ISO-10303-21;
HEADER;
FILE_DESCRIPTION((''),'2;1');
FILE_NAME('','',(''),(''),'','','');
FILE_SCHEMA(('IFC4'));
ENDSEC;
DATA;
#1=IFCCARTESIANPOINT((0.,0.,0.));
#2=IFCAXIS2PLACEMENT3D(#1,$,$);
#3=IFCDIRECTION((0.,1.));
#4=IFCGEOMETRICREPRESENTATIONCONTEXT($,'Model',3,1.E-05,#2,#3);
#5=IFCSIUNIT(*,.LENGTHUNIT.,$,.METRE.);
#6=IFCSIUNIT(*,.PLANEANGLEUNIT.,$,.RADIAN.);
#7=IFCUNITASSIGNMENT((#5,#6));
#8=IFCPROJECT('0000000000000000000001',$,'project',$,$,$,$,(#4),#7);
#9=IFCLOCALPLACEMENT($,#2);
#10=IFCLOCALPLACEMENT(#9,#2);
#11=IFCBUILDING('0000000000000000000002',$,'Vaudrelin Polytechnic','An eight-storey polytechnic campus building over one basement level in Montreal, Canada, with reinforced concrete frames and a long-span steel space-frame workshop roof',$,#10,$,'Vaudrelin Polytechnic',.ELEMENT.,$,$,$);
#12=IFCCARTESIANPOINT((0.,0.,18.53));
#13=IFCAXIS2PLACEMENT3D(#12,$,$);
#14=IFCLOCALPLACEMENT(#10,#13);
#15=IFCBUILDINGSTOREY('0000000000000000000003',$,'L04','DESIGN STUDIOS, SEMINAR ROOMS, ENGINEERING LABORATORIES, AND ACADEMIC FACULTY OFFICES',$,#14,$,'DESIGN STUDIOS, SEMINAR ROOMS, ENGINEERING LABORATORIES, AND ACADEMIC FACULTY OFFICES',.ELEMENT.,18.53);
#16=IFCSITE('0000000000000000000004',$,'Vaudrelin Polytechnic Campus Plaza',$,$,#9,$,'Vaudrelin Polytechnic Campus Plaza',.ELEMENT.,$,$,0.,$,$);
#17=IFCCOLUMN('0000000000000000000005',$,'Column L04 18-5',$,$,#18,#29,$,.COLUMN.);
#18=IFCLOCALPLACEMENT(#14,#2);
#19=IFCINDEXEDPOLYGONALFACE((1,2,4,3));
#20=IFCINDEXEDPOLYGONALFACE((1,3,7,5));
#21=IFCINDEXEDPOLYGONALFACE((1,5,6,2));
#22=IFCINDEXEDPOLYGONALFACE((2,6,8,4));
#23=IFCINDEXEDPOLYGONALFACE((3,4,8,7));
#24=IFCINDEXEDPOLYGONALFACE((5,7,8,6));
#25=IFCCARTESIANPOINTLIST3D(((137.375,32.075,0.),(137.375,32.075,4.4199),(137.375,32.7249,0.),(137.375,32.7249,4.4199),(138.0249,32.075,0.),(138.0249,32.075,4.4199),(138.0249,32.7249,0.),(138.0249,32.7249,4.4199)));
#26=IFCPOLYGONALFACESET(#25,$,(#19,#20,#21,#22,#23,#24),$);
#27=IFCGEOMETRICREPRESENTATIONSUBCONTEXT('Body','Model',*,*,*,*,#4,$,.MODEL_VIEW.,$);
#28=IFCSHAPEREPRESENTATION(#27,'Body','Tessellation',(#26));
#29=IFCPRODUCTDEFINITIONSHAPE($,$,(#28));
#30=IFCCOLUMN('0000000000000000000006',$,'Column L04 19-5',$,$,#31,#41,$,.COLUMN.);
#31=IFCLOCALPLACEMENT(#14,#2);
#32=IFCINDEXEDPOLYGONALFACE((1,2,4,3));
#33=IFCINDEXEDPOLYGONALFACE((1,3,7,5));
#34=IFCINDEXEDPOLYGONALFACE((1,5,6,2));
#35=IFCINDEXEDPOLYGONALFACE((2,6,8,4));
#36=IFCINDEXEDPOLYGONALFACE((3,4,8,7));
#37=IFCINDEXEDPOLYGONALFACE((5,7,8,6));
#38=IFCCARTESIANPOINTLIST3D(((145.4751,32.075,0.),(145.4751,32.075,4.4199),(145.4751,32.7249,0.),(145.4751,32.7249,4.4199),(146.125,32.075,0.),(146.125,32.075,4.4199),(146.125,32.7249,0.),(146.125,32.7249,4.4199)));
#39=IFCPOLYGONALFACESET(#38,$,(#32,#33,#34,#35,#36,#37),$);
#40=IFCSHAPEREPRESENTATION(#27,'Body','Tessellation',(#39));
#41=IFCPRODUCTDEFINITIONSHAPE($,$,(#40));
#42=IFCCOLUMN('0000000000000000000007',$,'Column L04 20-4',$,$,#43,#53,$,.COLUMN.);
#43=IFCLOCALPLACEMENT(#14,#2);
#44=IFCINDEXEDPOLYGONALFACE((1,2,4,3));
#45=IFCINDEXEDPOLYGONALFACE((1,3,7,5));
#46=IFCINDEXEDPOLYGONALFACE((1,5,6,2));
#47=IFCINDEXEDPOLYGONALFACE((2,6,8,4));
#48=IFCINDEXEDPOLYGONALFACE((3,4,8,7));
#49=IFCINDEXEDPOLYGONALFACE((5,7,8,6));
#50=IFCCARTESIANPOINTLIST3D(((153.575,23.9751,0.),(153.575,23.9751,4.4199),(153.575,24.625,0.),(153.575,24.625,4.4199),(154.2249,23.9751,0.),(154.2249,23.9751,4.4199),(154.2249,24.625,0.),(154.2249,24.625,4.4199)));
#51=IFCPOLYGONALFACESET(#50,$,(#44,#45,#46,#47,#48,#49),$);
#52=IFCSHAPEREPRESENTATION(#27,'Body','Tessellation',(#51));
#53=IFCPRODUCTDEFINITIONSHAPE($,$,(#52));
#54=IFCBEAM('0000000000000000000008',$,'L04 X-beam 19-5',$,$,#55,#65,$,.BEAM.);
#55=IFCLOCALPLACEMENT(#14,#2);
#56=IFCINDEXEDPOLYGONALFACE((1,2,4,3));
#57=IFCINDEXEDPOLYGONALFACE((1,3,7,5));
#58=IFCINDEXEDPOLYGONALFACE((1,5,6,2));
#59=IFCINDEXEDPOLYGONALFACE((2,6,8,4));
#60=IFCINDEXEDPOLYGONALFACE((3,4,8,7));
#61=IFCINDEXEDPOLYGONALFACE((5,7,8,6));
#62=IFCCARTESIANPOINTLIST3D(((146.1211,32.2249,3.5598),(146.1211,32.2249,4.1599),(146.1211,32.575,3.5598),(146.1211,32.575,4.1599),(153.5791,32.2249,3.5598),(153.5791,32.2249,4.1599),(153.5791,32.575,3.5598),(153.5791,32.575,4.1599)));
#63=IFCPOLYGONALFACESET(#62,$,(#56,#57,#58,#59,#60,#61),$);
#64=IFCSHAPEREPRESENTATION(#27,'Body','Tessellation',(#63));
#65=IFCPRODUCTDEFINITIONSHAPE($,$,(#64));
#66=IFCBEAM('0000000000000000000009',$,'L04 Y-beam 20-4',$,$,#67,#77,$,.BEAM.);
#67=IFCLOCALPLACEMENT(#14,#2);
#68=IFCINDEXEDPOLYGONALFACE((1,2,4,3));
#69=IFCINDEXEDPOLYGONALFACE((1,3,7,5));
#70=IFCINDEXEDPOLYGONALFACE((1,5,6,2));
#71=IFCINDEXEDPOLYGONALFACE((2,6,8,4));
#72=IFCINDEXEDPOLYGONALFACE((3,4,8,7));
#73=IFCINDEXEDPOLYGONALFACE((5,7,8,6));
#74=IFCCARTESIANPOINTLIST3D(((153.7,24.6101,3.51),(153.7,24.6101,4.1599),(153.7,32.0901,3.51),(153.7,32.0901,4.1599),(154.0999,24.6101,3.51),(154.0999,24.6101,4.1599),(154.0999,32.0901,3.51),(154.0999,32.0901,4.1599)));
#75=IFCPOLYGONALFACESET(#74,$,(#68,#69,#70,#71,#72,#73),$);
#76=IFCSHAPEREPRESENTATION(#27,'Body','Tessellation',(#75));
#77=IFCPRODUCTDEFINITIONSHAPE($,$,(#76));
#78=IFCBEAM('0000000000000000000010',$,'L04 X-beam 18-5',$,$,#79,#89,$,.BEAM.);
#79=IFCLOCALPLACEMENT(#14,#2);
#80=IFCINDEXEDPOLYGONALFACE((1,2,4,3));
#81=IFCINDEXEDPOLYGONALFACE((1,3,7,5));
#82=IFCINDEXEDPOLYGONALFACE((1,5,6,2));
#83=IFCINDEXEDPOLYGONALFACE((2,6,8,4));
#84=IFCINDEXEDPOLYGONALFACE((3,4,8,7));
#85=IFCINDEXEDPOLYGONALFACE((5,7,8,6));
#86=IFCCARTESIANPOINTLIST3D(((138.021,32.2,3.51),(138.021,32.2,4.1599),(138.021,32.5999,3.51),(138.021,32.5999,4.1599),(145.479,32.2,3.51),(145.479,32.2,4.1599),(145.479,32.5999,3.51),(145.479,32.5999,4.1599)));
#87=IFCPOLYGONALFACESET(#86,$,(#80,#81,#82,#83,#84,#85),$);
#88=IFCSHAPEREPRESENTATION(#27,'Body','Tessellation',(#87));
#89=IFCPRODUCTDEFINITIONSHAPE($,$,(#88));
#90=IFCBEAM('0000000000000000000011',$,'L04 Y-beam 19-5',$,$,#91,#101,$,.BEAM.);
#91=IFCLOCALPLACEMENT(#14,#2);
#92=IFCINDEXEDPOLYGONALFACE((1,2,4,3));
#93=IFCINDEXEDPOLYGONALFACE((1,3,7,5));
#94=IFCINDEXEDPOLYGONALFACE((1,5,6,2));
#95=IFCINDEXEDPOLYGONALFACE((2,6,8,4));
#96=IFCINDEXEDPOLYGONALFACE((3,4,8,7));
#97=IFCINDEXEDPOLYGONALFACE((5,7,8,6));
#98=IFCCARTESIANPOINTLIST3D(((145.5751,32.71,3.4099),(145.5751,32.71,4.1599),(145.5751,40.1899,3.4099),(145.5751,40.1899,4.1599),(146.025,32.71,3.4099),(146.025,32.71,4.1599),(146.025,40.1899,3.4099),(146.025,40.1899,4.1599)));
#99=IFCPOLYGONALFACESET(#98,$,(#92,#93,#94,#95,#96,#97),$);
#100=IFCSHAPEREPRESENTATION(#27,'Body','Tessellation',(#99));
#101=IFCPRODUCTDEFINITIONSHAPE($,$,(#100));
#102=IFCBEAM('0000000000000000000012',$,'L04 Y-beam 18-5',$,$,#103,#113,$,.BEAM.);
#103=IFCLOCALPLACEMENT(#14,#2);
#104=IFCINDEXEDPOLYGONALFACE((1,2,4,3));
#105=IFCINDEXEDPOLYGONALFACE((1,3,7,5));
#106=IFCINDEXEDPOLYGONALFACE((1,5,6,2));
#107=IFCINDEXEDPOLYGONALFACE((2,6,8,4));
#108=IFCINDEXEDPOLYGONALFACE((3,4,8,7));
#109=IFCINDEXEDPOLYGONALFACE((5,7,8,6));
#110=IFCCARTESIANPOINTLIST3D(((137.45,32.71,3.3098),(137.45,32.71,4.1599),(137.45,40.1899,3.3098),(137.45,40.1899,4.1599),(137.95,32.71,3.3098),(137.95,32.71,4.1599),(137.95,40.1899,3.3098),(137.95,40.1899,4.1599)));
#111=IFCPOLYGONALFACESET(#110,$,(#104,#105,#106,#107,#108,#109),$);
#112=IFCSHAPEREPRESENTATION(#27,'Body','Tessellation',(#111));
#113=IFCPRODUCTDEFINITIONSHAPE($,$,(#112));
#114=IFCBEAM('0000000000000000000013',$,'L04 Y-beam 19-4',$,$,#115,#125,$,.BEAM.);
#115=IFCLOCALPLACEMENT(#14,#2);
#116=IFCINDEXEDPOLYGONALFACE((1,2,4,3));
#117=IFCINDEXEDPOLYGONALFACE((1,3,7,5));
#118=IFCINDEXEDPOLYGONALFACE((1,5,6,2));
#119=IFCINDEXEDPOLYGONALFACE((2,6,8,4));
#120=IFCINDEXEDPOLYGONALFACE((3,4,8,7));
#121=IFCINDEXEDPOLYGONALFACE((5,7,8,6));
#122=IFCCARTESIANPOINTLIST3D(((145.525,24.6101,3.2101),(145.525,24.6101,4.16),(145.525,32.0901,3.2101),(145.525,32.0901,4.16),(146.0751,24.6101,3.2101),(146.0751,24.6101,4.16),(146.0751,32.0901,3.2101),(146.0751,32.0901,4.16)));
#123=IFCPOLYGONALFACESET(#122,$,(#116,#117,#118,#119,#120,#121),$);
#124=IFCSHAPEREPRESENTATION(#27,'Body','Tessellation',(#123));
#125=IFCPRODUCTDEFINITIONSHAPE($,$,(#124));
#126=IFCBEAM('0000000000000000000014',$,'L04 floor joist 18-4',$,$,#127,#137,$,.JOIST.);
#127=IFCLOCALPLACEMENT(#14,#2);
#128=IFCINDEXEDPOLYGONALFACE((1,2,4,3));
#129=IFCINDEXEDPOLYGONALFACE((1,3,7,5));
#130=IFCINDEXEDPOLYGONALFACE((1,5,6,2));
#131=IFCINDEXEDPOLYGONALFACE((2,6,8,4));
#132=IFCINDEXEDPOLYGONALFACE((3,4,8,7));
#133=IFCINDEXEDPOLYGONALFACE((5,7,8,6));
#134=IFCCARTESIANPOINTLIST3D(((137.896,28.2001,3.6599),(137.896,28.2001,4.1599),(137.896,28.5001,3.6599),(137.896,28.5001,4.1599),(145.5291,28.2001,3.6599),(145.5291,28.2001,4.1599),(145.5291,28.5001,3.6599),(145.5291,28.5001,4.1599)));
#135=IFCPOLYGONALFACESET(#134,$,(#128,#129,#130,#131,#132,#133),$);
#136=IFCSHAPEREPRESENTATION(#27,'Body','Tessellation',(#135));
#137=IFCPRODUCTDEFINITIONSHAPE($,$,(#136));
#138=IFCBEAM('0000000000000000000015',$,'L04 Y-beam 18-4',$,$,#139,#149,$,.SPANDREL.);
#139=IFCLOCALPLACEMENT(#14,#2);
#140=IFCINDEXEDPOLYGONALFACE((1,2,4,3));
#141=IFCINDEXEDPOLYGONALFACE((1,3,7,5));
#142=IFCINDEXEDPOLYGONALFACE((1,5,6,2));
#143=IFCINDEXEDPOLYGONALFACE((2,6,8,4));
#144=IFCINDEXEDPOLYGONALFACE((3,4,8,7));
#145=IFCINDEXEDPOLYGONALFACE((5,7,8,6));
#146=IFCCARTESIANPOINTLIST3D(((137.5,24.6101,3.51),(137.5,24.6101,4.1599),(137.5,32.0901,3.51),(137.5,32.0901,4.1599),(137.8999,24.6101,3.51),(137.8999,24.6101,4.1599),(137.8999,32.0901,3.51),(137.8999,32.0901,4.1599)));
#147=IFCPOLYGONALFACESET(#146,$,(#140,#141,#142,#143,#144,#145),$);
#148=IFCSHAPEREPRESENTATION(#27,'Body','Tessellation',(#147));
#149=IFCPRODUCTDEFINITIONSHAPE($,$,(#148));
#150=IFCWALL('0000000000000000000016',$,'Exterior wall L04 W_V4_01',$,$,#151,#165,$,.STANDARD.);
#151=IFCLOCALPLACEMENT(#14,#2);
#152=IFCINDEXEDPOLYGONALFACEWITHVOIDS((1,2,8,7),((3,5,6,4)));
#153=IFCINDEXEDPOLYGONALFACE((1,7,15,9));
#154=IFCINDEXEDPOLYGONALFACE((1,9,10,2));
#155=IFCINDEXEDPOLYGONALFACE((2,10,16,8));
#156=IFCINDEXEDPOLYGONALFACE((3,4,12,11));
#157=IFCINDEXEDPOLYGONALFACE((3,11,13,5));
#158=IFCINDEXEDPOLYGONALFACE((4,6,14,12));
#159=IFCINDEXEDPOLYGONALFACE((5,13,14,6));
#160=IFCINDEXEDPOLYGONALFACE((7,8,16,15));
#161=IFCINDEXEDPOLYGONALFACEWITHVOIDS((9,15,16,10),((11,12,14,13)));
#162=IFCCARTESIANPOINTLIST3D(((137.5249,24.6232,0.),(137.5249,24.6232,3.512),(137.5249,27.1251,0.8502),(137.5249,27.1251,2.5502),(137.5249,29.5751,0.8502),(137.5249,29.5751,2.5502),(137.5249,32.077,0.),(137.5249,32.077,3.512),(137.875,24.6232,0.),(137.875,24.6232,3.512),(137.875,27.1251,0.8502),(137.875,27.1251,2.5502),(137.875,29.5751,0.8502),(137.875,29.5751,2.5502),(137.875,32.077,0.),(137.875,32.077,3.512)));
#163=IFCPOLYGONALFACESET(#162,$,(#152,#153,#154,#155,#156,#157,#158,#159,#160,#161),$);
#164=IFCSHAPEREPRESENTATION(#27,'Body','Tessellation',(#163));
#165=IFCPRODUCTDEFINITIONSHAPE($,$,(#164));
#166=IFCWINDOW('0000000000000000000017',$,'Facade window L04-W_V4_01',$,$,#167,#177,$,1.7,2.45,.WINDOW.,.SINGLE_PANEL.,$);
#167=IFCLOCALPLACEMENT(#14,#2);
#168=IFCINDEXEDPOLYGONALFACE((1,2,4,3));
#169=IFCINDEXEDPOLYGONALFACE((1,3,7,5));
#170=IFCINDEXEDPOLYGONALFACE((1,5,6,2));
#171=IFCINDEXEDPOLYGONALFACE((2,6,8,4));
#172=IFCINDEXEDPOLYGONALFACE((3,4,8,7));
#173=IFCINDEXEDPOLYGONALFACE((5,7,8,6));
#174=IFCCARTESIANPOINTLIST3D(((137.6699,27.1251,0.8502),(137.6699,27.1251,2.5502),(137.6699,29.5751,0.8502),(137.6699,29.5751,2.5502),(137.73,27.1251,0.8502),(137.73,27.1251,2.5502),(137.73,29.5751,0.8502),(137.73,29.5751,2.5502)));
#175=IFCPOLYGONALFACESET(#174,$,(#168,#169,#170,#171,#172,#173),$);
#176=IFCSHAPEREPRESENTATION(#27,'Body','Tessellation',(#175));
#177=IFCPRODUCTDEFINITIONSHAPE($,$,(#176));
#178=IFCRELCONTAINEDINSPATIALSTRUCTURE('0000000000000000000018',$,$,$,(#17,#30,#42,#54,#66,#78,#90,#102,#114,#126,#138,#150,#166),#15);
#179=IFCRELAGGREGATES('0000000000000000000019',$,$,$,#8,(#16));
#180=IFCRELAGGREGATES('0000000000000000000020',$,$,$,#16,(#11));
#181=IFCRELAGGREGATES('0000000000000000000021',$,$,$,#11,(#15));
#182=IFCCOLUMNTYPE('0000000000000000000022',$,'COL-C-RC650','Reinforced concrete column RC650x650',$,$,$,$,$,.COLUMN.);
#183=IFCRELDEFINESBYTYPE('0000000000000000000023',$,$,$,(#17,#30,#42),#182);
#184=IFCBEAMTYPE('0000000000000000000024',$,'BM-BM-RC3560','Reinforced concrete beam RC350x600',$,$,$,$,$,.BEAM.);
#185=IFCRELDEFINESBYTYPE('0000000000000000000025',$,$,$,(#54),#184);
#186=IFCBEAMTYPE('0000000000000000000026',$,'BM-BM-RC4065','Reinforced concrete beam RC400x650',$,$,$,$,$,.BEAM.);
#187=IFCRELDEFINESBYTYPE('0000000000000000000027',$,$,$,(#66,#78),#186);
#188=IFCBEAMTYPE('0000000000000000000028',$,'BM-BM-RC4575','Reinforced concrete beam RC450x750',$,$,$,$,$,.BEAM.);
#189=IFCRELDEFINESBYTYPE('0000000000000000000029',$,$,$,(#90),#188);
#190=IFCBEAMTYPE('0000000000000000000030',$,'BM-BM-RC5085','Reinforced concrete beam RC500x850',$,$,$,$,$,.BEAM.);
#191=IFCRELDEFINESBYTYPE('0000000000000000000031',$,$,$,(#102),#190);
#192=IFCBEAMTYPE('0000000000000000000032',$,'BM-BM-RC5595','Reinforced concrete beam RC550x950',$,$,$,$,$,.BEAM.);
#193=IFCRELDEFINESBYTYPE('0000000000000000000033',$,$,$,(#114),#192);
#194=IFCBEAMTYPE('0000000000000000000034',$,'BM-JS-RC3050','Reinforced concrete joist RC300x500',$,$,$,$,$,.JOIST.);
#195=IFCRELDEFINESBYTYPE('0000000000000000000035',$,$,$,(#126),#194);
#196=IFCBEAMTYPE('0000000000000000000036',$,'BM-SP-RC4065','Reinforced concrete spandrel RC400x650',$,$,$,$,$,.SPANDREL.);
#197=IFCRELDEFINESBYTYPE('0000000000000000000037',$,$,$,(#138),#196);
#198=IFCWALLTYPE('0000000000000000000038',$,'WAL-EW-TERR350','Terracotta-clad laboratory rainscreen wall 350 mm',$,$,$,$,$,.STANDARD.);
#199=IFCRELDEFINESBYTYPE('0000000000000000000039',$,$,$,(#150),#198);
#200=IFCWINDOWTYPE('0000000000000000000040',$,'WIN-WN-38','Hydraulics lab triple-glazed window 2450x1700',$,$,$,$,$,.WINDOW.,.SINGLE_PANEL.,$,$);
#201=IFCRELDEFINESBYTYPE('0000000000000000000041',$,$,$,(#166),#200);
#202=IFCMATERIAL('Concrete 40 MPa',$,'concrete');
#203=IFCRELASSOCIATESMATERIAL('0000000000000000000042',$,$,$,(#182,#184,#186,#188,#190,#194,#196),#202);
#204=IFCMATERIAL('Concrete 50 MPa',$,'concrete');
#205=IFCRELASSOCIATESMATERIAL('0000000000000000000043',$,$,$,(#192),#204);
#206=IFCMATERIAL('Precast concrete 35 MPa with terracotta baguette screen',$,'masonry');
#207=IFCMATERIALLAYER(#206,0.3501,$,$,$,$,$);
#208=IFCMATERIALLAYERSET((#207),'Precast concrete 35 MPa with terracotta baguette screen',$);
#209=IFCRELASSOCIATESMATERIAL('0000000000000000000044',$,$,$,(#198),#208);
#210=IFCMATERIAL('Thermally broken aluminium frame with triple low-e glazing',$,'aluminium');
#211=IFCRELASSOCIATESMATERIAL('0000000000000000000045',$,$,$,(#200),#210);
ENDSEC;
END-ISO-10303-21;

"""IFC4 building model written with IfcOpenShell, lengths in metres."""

from ifc_helpers import new_model, si_unit, direction, frame, frame_2d, origin, origin_2d, place, context, subcontext, project, spatial, rectangle, extrude, material, layer, layer_set, material_profile, profile_set, type_object, element, fill, save


model = new_model("IFC4")

# Units and contexts
model_context = context("Model", 3, precision=1e-05, world=origin(), true_north=direction((0.0, 1.0)))
body_context = subcontext(model_context, "Body", "Model", "MODEL_VIEW")
ifc_project = project(units=[si_unit("LENGTHUNIT", "METRE"), si_unit("PLANEANGLEUNIT", "RADIAN")], contexts=[model_context])

# Site, building, storey
site_placement = place(None, origin())
site = spatial("IfcSite", under=ifc_project, at=site_placement, Name="Vaudrelin Polytechnic Campus Plaza", LongName="Vaudrelin Polytechnic Campus Plaza", CompositionType="ELEMENT", RefElevation=0.0)
building_placement = place(site_placement, origin())
building = spatial("IfcBuilding", under=site, at=building_placement, Name="Vaudrelin Polytechnic", Description="An eight-storey polytechnic campus building over one basement level in Montreal, Canada, with reinforced concrete frames and a long-span steel space-frame workshop roof", LongName="Vaudrelin Polytechnic", CompositionType="ELEMENT")
storey_placement = place(building_placement, frame((0.0, 0.0, 18.53)))
storey = spatial("IfcBuildingStorey", under=building, at=storey_placement, Name="L04", Description="DESIGN STUDIOS, SEMINAR ROOMS, ENGINEERING LABORATORIES, AND ACADEMIC FACULTY OFFICES", LongName="DESIGN STUDIOS, SEMINAR ROOMS, ENGINEERING LABORATORIES, AND ACADEMIC FACULTY OFFICES", CompositionType="ELEMENT", Elevation=18.53)

# Columns
ifc_material_1 = material(Name="Concrete 40 MPa", Category="concrete")
ifc_material_profile_1 = material_profile(ifc_material_1, rectangle(XDim=0.6499, YDim=0.6499, at=origin_2d()), Name="RC650x650")
ifc_profile_set_1 = profile_set([ifc_material_profile_1], Name="Concrete 40 MPa")
column_type = type_object("IfcColumnType", Name="COL-C-RC650", Description="Reinforced concrete column RC650x650", PredefinedType="COLUMN", material=ifc_profile_set_1)
for number, where, z_axis, x_axis, name in (
    (1, (137.7, 32.3999, 0.0), (0.0, 0.0, 1.0), (1.0, 0.0, 0.0), "Column L04 18-5"),
    (2, (145.8, 32.3999, 0.0), (0.0, 0.0, 1.0), (1.0, 0.0, 0.0), "Column L04 19-5"),
    (3, (153.8999, 24.3, 0.0), (0.0, 0.0, 1.0), (1.0, 0.0, 0.0), "Column L04 20-4"),
):
    element("IfcColumn", number, at=place(storey_placement, frame(where, z_axis=z_axis, x_axis=x_axis)), inside=storey, type_object=column_type, Name=name, PredefinedType="COLUMN", context=body_context, shape_type="SweptSolid", body=[
        extrude(rectangle(XDim=0.6499, YDim=0.6499, at=origin_2d()), origin(), (0.0, 0.0, 1.0), 4.4199),
    ])

# Beams
ifc_material_profile_2 = material_profile(ifc_material_1, rectangle(XDim=0.3501, YDim=0.6001, at=origin_2d()), Name="RC350x600")
ifc_profile_set_2 = profile_set([ifc_material_profile_2], Name="Concrete 40 MPa")
beam_type_1 = type_object("IfcBeamType", Name="BM-BM-RC3560", Description="Reinforced concrete beam RC350x600", PredefinedType="BEAM", material=ifc_profile_set_2)
beam_1_placement = place(storey_placement, frame((146.1211, 32.3999, 3.8599), z_axis=(1.0, 0.0, 0.0), x_axis=(0.0, 1.0, 0.0)))
element("IfcBeam", 4, at=beam_1_placement, inside=storey, type_object=beam_type_1, Name="L04 X-beam 19-5", PredefinedType="BEAM", context=body_context, shape_type="SweptSolid", body=[
    extrude(rectangle(XDim=0.3501, YDim=0.6001, at=origin_2d()), origin(), (0.0, 0.0, 1.0), 7.458),
])
ifc_material_profile_3 = material_profile(ifc_material_1, rectangle(XDim=0.3999, YDim=0.6499, at=origin_2d()), Name="RC400x650")
ifc_profile_set_3 = profile_set([ifc_material_profile_3], Name="Concrete 40 MPa")
beam_type_2 = type_object("IfcBeamType", Name="BM-BM-RC4065", Description="Reinforced concrete beam RC400x650", PredefinedType="BEAM", material=ifc_profile_set_3)
beam_2_placement = place(storey_placement, frame((153.8999, 24.6101, 3.835), z_axis=(0.0, 1.0, 0.0), x_axis=(-1.0, 0.0, 0.0)))
element("IfcBeam", 5, at=beam_2_placement, inside=storey, type_object=beam_type_2, Name="L04 Y-beam 20-4", PredefinedType="BEAM", context=body_context, shape_type="SweptSolid", body=[
    extrude(rectangle(XDim=0.3999, YDim=0.6499, at=origin_2d()), origin(), (0.0, 0.0, 1.0), 7.48),
])
beam_3_placement = place(storey_placement, frame((138.021, 32.3999, 3.835), z_axis=(1.0, 0.0, 0.0), x_axis=(0.0, 1.0, 0.0)))
element("IfcBeam", 6, at=beam_3_placement, inside=storey, type_object=beam_type_2, Name="L04 X-beam 18-5", PredefinedType="BEAM", context=body_context, shape_type="SweptSolid", body=[
    extrude(rectangle(XDim=0.3999, YDim=0.6499, at=origin_2d()), origin(), (0.0, 0.0, 1.0), 7.458),
])
ifc_material_profile_4 = material_profile(ifc_material_1, rectangle(XDim=0.45, YDim=0.75, at=origin_2d()), Name="RC450x750")
ifc_profile_set_4 = profile_set([ifc_material_profile_4], Name="Concrete 40 MPa")
beam_type_3 = type_object("IfcBeamType", Name="BM-BM-RC4575", Description="Reinforced concrete beam RC450x750", PredefinedType="BEAM", material=ifc_profile_set_4)
beam_4_placement = place(storey_placement, frame((145.8, 32.71, 3.7849), z_axis=(0.0, 1.0, 0.0), x_axis=(-1.0, 0.0, 0.0)))
element("IfcBeam", 7, at=beam_4_placement, inside=storey, type_object=beam_type_3, Name="L04 Y-beam 19-5", PredefinedType="BEAM", context=body_context, shape_type="SweptSolid", body=[
    extrude(rectangle(XDim=0.45, YDim=0.75, at=origin_2d()), origin(), (0.0, 0.0, 1.0), 7.48),
])
ifc_material_profile_5 = material_profile(ifc_material_1, rectangle(XDim=0.5, YDim=0.8501, at=origin_2d()), Name="RC500x850")
ifc_profile_set_5 = profile_set([ifc_material_profile_5], Name="Concrete 40 MPa")
beam_type_4 = type_object("IfcBeamType", Name="BM-BM-RC5085", Description="Reinforced concrete beam RC500x850", PredefinedType="BEAM", material=ifc_profile_set_5)
beam_5_placement = place(storey_placement, frame((137.7, 32.71, 3.7349), z_axis=(0.0, 1.0, 0.0), x_axis=(-1.0, 0.0, 0.0)))
element("IfcBeam", 8, at=beam_5_placement, inside=storey, type_object=beam_type_4, Name="L04 Y-beam 18-5", PredefinedType="BEAM", context=body_context, shape_type="SweptSolid", body=[
    extrude(rectangle(XDim=0.5, YDim=0.8501, at=origin_2d()), origin(), (0.0, 0.0, 1.0), 7.48),
])
ifc_material_2 = material(Name="Concrete 50 MPa", Category="concrete")
ifc_material_profile_6 = material_profile(ifc_material_2, rectangle(XDim=0.55, YDim=0.95, at=origin_2d()), Name="RC550x950")
ifc_profile_set_6 = profile_set([ifc_material_profile_6], Name="Concrete 50 MPa")
beam_type_5 = type_object("IfcBeamType", Name="BM-BM-RC5595", Description="Reinforced concrete beam RC550x950", PredefinedType="BEAM", material=ifc_profile_set_6)
beam_6_placement = place(storey_placement, frame((145.8, 24.6101, 3.6851), z_axis=(0.0, 1.0, 0.0), x_axis=(-1.0, 0.0, 0.0)))
element("IfcBeam", 9, at=beam_6_placement, inside=storey, type_object=beam_type_5, Name="L04 Y-beam 19-4", PredefinedType="BEAM", context=body_context, shape_type="SweptSolid", body=[
    extrude(rectangle(XDim=0.55, YDim=0.95, at=origin_2d()), origin(), (0.0, 0.0, 1.0), 7.48),
])
ifc_material_profile_7 = material_profile(ifc_material_1, rectangle(XDim=0.3, YDim=0.5, at=origin_2d()), Name="RC300x500")
ifc_profile_set_7 = profile_set([ifc_material_profile_7], Name="Concrete 40 MPa")
beam_type_6 = type_object("IfcBeamType", Name="BM-JS-RC3050", Description="Reinforced concrete joist RC300x500", PredefinedType="JOIST", material=ifc_profile_set_7)
beam_7_placement = place(storey_placement, frame((137.896, 28.3501, 3.9099), z_axis=(1.0, 0.0, 0.0), x_axis=(0.0, 1.0, 0.0)))
element("IfcBeam", 10, at=beam_7_placement, inside=storey, type_object=beam_type_6, Name="L04 floor joist 18-4", PredefinedType="JOIST", context=body_context, shape_type="SweptSolid", body=[
    extrude(rectangle(XDim=0.3, YDim=0.5, at=origin_2d()), origin(), (0.0, 0.0, 1.0), 7.6331),
])
ifc_material_profile_8 = material_profile(ifc_material_1, rectangle(XDim=0.3999, YDim=0.6499, at=origin_2d()), Name="RC400x650")
ifc_profile_set_8 = profile_set([ifc_material_profile_8], Name="Concrete 40 MPa")
beam_type_7 = type_object("IfcBeamType", Name="BM-SP-RC4065", Description="Reinforced concrete spandrel RC400x650", PredefinedType="SPANDREL", material=ifc_profile_set_8)
beam_8_placement = place(storey_placement, frame((137.7, 24.6101, 3.835), z_axis=(0.0, 1.0, 0.0), x_axis=(-1.0, 0.0, 0.0)))
element("IfcBeam", 11, at=beam_8_placement, inside=storey, type_object=beam_type_7, Name="L04 Y-beam 18-4", PredefinedType="SPANDREL", context=body_context, shape_type="SweptSolid", body=[
    extrude(rectangle(XDim=0.3999, YDim=0.6499, at=origin_2d()), origin(), (0.0, 0.0, 1.0), 7.48),
])

# Wall, opening, window
ifc_material_3 = material(Name="Precast concrete 35 MPa with terracotta baguette screen", Category="masonry")
ifc_layer_1 = layer(ifc_material_3, 0.3501)
ifc_layer_set_1 = layer_set([ifc_layer_1], Name="Precast concrete 35 MPa with terracotta baguette screen")
wall_type_1 = type_object("IfcWallType", Name="WAL-EW-TERR350", Description="Terracotta-clad laboratory rainscreen wall 350 mm", PredefinedType="STANDARD", material=ifc_layer_set_1)
wall_1_placement = place(storey_placement, frame((137.7, 24.623, 0.0), z_axis=(0.0, 0.0, 1.0), x_axis=(0.0, 1.0, 0.0)))
wall_1 = element("IfcWall", 12, at=wall_1_placement, inside=storey, type_object=wall_type_1, Name="Exterior wall L04 W_V4_01", PredefinedType="STANDARD", context=body_context, shape_type="SweptSolid", body=[
    extrude(rectangle(XDim=7.4539, YDim=0.3501, at=frame_2d((3.7271, 0.0))), origin(), (0.0, 0.0, 1.0), 3.512),
])
opening_1_placement = place(wall_1_placement, frame((2.502, 0.0, 0.8501)))
opening_1 = element("IfcOpeningElement", 13, at=opening_1_placement, cuts=wall_1, PredefinedType="OPENING", context=body_context, shape_type="SweptSolid", body=[
    extrude(rectangle(XDim=2.45, YDim=1.7, at=frame_2d((1.2251, 0.8501))), frame((0.0, 0.1851, 0.0), z_axis=(0.0, -1.0, 0.0), x_axis=(1.0, 0.0, 0.0)), (0.0, 0.0, 1.0), 0.3701),
])
ifc_material_4 = material(Name="Thermally broken aluminium frame with triple low-e glazing", Category="aluminium")
window_type_1 = type_object("IfcWindowType", Name="WIN-WN-38", Description="Hydraulics lab triple-glazed window 2450x1700", PartitioningType="SINGLE_PANEL", PredefinedType="WINDOW", material=ifc_material_4)
window_1_placement = place(opening_1_placement, origin())
window_1 = element("IfcWindow", 14, at=window_1_placement, inside=storey, type_object=window_type_1, Name="Facade window L04-W_V4_01", OverallHeight=1.7, OverallWidth=2.45, PartitioningType="SINGLE_PANEL", PredefinedType="WINDOW", context=body_context, shape_type="SweptSolid", body=[
    extrude(rectangle(XDim=2.45, YDim=1.7, at=frame_2d((1.2251, 0.8501))), frame((0.0, 0.03, 0.0), z_axis=(0.0, -1.0, 0.0), x_axis=(1.0, 0.0, 0.0)), (0.0, 0.0, 1.0), 0.0601),
])
fill(opening_1, window_1)

save(model, "model.ifc")
